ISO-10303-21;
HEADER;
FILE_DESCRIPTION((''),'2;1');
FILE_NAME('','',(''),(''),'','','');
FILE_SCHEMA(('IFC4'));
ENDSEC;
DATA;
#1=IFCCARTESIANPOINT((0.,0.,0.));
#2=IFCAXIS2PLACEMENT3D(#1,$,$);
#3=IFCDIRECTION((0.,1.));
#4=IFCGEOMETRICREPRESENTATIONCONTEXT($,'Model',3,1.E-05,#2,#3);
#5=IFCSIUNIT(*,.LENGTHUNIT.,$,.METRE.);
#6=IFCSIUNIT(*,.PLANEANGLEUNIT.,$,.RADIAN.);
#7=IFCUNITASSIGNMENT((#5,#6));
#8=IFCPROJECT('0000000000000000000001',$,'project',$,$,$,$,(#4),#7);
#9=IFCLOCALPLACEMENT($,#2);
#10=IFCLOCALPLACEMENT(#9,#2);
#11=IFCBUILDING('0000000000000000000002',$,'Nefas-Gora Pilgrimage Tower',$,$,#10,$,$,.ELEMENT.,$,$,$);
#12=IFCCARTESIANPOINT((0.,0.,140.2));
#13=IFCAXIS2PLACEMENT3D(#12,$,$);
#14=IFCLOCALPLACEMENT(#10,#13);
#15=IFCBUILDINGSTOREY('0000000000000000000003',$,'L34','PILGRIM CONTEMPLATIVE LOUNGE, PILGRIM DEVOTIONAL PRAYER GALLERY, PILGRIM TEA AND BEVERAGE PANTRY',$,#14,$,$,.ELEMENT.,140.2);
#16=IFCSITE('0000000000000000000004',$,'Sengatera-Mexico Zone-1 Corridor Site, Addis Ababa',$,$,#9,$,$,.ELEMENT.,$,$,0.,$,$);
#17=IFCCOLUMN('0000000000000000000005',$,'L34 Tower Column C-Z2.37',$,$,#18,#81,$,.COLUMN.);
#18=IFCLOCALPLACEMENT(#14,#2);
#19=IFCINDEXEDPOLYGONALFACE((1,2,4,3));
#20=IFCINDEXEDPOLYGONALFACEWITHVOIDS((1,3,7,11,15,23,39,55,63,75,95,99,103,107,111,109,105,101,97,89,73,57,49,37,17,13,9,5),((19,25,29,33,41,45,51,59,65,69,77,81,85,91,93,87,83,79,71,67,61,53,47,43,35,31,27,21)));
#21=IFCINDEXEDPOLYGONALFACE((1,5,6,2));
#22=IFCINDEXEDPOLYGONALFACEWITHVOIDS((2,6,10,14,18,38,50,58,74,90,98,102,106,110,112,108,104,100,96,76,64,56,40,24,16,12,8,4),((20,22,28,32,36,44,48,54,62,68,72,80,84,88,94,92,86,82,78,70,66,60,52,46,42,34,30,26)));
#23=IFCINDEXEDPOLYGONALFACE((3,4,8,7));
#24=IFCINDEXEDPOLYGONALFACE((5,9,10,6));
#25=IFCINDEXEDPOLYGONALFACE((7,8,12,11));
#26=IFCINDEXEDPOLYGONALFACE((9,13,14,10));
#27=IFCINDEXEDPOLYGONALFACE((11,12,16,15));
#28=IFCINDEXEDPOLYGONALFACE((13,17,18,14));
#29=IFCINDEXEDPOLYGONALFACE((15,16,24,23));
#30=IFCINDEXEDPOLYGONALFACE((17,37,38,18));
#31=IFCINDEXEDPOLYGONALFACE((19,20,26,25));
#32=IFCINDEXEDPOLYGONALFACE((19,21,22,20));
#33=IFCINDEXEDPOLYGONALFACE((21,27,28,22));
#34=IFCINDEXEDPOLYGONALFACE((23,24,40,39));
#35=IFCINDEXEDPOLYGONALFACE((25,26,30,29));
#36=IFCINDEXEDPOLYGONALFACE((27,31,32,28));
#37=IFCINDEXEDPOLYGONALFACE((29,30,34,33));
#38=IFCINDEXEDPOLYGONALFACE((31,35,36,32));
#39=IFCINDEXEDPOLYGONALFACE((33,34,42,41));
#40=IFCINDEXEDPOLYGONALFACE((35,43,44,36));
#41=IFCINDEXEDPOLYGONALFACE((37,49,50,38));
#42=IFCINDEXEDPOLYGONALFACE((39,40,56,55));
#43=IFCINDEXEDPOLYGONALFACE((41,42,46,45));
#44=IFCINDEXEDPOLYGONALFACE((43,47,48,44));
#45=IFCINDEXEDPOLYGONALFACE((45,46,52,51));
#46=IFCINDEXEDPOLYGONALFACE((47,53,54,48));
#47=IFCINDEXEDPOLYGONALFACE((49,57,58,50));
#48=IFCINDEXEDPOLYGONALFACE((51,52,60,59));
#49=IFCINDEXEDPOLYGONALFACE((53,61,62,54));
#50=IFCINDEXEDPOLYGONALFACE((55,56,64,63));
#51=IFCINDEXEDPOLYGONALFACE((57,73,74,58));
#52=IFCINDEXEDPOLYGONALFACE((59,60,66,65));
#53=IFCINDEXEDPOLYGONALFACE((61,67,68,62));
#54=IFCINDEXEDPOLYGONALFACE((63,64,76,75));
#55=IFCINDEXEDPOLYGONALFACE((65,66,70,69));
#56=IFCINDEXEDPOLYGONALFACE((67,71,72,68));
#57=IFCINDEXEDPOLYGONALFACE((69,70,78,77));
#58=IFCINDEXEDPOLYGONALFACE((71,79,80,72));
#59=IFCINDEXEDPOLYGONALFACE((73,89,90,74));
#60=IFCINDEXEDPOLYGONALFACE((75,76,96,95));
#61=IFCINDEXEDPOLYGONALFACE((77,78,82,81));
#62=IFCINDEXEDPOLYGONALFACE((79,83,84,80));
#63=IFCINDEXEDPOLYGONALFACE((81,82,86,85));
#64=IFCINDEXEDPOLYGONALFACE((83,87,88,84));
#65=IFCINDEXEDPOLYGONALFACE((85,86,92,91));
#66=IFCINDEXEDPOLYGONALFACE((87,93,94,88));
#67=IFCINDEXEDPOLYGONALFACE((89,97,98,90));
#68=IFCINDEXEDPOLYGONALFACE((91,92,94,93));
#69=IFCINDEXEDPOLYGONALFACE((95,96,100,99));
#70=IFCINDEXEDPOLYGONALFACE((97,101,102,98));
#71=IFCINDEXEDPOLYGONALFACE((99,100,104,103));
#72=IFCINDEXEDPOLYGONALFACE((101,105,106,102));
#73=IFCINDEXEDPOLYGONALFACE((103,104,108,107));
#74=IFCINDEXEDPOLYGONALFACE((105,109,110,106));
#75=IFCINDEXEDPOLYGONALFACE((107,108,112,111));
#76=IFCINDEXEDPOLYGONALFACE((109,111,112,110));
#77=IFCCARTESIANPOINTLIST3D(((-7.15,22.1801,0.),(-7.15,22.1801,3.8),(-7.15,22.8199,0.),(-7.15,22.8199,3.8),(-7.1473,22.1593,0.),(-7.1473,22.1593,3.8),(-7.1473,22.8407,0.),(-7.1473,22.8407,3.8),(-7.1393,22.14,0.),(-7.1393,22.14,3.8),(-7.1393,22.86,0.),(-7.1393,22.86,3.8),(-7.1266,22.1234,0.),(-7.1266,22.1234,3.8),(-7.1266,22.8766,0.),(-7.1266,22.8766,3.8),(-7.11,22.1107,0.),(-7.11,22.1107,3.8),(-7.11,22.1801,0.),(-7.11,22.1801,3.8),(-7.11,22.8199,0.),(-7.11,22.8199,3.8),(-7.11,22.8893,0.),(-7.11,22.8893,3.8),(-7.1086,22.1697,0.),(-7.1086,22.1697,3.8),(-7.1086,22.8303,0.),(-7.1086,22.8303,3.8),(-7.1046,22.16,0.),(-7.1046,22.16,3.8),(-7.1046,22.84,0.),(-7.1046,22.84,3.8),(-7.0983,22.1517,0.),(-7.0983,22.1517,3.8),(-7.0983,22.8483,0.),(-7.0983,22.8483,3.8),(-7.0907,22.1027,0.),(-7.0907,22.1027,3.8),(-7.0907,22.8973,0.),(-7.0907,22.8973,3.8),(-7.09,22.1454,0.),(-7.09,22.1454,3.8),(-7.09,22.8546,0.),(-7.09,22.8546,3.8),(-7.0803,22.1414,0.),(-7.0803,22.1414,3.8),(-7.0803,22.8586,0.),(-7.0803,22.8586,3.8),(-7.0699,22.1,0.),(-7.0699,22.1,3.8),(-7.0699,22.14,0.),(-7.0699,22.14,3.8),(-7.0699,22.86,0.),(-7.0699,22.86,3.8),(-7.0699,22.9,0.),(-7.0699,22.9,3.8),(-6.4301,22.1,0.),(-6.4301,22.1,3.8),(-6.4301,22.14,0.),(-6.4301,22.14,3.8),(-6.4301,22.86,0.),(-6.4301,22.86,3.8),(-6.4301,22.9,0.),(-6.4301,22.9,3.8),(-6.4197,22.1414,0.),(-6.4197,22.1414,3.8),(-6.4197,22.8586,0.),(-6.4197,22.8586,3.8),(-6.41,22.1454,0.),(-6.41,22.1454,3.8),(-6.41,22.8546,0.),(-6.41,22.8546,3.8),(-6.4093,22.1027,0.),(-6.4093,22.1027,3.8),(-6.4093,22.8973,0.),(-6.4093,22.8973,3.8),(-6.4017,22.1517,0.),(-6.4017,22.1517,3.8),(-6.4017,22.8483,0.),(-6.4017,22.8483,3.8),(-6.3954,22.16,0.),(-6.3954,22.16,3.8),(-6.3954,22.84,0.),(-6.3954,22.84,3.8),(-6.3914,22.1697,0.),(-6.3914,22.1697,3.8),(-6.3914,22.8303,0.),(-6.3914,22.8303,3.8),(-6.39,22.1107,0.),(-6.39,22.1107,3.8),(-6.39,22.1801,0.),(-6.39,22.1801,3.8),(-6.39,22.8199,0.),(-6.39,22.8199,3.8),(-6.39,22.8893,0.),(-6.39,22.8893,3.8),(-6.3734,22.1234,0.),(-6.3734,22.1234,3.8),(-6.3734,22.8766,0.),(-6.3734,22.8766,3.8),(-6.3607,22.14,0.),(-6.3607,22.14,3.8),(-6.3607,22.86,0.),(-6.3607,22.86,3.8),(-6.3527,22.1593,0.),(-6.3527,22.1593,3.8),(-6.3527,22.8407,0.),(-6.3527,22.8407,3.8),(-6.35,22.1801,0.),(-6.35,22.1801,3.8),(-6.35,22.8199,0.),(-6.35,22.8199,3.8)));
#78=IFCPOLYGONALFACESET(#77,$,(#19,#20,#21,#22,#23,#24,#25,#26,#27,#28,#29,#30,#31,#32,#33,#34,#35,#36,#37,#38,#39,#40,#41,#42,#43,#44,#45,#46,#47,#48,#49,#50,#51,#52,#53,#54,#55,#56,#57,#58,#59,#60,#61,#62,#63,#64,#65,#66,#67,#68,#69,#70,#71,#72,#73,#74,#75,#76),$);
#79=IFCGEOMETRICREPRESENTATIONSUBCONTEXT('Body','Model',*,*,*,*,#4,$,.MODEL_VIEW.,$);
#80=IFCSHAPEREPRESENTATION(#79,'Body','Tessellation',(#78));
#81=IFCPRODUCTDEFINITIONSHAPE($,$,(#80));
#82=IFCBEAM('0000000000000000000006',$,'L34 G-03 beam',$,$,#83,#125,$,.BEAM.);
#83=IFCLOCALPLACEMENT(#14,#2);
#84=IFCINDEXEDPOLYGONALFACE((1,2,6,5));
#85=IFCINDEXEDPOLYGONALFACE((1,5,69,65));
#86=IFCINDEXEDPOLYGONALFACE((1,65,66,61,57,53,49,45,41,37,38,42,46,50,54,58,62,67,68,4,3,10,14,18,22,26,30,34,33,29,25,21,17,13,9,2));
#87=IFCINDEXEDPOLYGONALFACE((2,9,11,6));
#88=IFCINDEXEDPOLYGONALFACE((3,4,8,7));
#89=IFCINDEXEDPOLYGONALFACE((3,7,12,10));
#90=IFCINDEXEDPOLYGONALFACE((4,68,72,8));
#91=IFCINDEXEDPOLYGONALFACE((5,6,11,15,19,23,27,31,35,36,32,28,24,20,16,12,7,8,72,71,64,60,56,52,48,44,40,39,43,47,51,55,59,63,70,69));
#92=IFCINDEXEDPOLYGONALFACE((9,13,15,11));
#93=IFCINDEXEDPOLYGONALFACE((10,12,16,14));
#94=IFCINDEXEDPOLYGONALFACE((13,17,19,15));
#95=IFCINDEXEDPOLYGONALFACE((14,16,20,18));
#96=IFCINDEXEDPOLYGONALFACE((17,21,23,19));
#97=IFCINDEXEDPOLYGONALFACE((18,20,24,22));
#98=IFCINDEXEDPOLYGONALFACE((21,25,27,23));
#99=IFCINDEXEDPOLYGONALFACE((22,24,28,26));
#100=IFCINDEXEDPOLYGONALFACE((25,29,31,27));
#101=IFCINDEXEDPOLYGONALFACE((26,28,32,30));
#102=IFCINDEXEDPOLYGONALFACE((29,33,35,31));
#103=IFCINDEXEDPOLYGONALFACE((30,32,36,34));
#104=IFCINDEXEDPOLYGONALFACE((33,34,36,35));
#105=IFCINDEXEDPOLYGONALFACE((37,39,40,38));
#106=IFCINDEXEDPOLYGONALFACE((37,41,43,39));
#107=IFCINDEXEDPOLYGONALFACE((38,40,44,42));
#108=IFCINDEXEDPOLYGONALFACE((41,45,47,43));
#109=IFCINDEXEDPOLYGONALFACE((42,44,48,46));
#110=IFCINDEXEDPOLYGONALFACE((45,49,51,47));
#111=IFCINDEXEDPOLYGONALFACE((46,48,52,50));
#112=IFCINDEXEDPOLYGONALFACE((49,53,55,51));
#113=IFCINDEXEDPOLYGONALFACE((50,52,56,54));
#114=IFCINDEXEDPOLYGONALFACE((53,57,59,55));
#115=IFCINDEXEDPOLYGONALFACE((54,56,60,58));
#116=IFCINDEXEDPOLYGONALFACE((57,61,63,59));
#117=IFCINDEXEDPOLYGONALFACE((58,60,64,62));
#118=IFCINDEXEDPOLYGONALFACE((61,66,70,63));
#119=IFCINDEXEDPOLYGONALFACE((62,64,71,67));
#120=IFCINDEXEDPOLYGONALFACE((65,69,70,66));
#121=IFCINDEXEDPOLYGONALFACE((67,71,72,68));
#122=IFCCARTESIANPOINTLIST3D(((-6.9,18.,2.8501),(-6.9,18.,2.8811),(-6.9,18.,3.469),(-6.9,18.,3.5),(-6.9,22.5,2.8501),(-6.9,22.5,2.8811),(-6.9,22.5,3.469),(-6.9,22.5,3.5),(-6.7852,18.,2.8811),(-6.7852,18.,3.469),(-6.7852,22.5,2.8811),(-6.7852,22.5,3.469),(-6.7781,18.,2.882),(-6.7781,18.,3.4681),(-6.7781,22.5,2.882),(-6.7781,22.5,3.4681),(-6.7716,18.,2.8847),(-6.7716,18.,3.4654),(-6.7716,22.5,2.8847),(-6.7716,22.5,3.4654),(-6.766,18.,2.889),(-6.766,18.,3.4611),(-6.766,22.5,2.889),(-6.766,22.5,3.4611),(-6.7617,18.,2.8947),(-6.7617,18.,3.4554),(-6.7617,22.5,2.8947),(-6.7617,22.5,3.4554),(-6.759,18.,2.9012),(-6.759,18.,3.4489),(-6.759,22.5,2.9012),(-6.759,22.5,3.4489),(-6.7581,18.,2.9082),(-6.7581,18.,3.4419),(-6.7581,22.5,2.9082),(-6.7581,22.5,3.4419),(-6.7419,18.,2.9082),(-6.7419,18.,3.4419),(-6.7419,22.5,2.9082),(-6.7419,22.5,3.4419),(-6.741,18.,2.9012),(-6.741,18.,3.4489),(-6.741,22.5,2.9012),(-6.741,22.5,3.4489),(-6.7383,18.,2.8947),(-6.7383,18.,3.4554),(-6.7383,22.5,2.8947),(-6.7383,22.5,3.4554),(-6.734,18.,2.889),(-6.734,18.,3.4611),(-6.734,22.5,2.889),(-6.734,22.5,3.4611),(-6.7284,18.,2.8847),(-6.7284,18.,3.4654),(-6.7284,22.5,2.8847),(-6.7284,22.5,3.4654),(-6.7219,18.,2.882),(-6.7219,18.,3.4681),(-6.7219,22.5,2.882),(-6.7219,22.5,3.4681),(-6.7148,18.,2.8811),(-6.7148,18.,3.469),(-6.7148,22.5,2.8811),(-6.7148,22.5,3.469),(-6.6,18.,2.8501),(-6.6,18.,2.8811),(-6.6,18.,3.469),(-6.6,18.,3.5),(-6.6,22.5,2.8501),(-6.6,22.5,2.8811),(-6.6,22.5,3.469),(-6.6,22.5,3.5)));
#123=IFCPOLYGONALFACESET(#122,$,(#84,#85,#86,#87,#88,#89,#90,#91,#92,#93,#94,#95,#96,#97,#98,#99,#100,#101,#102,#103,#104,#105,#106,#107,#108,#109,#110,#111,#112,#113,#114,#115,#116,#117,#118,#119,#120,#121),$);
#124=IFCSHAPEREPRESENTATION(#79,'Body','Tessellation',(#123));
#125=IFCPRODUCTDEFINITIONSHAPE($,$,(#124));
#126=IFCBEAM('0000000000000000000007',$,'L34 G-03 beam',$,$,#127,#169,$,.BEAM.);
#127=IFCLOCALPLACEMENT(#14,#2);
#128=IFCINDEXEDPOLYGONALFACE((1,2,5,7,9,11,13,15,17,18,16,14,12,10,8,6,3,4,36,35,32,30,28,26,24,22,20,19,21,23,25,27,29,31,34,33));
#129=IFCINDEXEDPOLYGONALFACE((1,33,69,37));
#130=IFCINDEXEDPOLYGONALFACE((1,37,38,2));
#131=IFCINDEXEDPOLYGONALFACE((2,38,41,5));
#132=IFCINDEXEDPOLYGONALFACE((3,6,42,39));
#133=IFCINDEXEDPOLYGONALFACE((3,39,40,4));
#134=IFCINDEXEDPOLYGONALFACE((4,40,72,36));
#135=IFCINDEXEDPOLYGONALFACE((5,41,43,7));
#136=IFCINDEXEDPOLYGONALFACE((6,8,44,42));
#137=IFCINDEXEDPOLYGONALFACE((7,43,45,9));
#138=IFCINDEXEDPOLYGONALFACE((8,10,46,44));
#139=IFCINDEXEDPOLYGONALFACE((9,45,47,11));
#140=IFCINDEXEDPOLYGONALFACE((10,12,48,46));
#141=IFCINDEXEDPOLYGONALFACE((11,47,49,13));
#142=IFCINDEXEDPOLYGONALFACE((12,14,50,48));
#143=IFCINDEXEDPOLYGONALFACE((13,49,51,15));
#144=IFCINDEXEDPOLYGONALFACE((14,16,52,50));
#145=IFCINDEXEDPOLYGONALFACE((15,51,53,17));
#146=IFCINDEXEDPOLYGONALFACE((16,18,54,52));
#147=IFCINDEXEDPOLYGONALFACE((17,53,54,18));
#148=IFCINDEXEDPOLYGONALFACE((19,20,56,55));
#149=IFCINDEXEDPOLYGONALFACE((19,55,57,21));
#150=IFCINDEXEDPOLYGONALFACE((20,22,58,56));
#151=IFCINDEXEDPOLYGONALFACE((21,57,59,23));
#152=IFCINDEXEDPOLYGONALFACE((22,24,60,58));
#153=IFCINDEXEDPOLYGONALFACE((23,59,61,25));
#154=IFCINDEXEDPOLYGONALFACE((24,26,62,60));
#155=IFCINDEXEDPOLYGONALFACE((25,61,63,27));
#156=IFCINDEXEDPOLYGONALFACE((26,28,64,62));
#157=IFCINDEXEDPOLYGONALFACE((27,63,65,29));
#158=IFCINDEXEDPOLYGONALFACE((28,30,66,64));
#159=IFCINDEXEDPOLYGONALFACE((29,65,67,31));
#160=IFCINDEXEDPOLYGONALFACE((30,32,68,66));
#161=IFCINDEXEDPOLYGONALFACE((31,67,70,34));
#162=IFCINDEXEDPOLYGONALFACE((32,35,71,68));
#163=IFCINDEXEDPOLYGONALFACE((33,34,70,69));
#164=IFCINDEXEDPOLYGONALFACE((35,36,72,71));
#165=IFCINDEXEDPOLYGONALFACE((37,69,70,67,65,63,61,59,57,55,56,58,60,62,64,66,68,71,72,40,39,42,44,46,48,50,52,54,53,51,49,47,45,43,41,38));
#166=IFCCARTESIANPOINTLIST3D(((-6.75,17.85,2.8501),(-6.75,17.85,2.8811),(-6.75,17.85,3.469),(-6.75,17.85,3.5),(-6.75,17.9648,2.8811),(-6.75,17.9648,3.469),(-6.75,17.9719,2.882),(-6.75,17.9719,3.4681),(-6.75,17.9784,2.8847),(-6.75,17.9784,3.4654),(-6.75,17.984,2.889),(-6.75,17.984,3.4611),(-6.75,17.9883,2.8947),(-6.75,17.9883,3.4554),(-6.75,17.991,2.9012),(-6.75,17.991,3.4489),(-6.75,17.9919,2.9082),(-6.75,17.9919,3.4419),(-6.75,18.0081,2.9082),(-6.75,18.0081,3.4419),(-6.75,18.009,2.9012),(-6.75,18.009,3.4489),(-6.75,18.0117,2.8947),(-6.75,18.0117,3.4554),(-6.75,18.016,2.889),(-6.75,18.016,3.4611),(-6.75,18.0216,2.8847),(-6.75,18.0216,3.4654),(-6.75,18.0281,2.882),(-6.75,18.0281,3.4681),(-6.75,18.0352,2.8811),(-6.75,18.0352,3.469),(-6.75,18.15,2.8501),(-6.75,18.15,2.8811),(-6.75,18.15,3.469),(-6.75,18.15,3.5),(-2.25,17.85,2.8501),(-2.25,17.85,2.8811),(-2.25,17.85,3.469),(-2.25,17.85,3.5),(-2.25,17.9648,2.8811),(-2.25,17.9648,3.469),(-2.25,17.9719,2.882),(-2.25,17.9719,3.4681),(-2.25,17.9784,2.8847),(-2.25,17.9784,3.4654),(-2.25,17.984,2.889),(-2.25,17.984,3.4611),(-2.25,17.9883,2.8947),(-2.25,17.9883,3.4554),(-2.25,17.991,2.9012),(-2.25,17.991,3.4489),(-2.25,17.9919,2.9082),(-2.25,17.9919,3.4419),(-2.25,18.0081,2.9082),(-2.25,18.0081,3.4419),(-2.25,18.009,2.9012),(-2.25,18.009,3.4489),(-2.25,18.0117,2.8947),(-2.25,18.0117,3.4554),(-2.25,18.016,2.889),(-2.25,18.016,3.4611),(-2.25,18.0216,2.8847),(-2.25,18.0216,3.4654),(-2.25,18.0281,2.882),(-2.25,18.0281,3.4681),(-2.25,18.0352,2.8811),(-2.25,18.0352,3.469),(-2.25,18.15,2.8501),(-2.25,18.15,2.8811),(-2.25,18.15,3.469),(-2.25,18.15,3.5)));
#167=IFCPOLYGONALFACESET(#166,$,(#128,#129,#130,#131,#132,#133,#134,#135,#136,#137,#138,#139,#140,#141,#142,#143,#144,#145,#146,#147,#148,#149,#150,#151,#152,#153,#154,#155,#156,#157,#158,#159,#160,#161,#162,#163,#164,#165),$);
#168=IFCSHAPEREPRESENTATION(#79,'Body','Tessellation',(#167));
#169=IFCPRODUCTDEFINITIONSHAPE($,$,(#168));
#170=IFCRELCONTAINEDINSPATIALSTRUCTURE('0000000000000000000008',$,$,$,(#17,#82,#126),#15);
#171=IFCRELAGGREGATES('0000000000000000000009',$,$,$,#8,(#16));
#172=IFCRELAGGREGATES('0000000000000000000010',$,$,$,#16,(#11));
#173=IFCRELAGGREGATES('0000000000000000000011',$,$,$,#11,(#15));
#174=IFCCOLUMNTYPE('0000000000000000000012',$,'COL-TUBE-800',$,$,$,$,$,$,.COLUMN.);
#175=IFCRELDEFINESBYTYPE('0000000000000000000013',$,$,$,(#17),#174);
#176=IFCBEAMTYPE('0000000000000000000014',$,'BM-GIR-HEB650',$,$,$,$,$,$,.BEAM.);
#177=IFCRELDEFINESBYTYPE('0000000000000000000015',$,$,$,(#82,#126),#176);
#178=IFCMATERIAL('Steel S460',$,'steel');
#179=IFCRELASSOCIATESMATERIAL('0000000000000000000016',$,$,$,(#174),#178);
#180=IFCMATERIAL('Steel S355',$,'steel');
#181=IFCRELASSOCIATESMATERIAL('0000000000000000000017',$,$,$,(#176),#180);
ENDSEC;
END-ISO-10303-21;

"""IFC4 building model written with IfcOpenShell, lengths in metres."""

from ifc_helpers import new_model, si_unit, direction, frame, origin, origin_2d, place, context, subcontext, project, spatial, hollow_rectangle, i_section, extrude, source, transform, mapped, material, material_profile, profile_set, type_object, element, save


model = new_model("IFC4")

# Units and contexts
model_context = context("Model", 3, precision=1e-05, world=origin(), true_north=direction((0.0, 1.0)))
body_context = subcontext(model_context, "Body", "Model", "MODEL_VIEW")
ifc_project = project(units=[si_unit("LENGTHUNIT", "METRE"), si_unit("PLANEANGLEUNIT", "RADIAN")], contexts=[model_context])

# Site, building, storey
site_placement = place(None, origin())
site = spatial("IfcSite", under=ifc_project, at=site_placement, Name="Sengatera-Mexico Zone-1 Corridor Site, Addis Ababa", CompositionType="ELEMENT", RefElevation=0.0)
building_placement = place(site_placement, origin())
building = spatial("IfcBuilding", under=site, at=building_placement, Name="Nefas-Gora Pilgrimage Tower", CompositionType="ELEMENT")
storey_placement = place(building_placement, frame((0.0, 0.0, 140.2)))
storey = spatial("IfcBuildingStorey", under=building, at=storey_placement, Name="L34", Description="PILGRIM CONTEMPLATIVE LOUNGE, PILGRIM DEVOTIONAL PRAYER GALLERY, PILGRIM TEA AND BEVERAGE PANTRY", CompositionType="ELEMENT", Elevation=140.2)

# Column
ifc_material_1 = material(Name="Steel S460", Category="steel")
ifc_material_profile_1 = material_profile(ifc_material_1, hollow_rectangle(XDim=0.8, YDim=0.8, WallThickness=0.04, InnerFilletRadius=0.04, OuterFilletRadius=0.0801, at=origin_2d()), Name="BOX 800x800x40")
ifc_profile_set_1 = profile_set([ifc_material_profile_1], Name="Steel S460")
column_type_1 = type_object("IfcColumnType", Name="COL-TUBE-800", PredefinedType="COLUMN", material=ifc_profile_set_1)
shared_shape_1 = source(origin(), body_context, "Body", "SweptSolid", [
    extrude(hollow_rectangle(XDim=0.8, YDim=0.8, WallThickness=0.04, InnerFilletRadius=0.04, OuterFilletRadius=0.0801, at=origin_2d()), origin(), (0.0, 0.0, 1.0), 3.8),
])
column_placement = place(storey_placement, frame((-6.75, 22.5, 0.0), z_axis=(0.0, 0.0, 1.0), x_axis=(1.0, 0.0, 0.0)))
element("IfcColumn", 1, at=column_placement, inside=storey, type_object=column_type_1, Name="L34 Tower Column C-Z2.37", PredefinedType="COLUMN", context=body_context, shape_type="MappedRepresentation", body=[
    mapped(shared_shape_1, transform((0.0, 0.0, 0.0), x_axis=(1.0, 0.0, 0.0), y_axis=(0.0, 1.0, 0.0), z_axis=(0.0, 0.0, 1.0), scale=1.0)),
])

# Beams
ifc_material_2 = material(Name="Steel S355", Category="steel")
ifc_material_profile_2 = material_profile(ifc_material_2, i_section(OverallWidth=0.3, OverallDepth=0.6499, WebThickness=0.0161, FlangeThickness=0.031, FilletRadius=0.0271, at=origin_2d()), Name="HEB 650")
ifc_profile_set_2 = profile_set([ifc_material_profile_2], Name="Steel S355")
beam_type = type_object("IfcBeamType", Name="BM-GIR-HEB650", PredefinedType="BEAM", material=ifc_profile_set_2)
shared_shape_2 = source(origin(), body_context, "Body", "SweptSolid", [
    extrude(i_section(OverallWidth=0.3, OverallDepth=0.6499, WebThickness=0.0161, FlangeThickness=0.031, FilletRadius=0.0271, at=origin_2d()), origin(), (0.0, 0.0, 1.0), 4.5),
])
for number, where, z_axis, x_axis, name in (
    (2, (-6.75, 18.0, 3.175), (0.0, 1.0, 0.0), (-1.0, 0.0, 0.0), "L34 G-03 beam"),
    (3, (-6.75, 18.0, 3.175), (1.0, 0.0, 0.0), (0.0, 1.0, 0.0), "L34 G-03 beam"),
):
    element("IfcBeam", number, at=place(storey_placement, frame(where, z_axis=z_axis, x_axis=x_axis)), inside=storey, type_object=beam_type, Name=name, PredefinedType="BEAM", context=body_context, shape_type="MappedRepresentation", body=[
        mapped(shared_shape_2, transform((0.0, 0.0, 0.0), x_axis=(1.0, 0.0, 0.0), y_axis=(0.0, 1.0, 0.0), z_axis=(0.0, 0.0, 1.0), scale=1.0)),
    ])

save(model, "model.ifc")
